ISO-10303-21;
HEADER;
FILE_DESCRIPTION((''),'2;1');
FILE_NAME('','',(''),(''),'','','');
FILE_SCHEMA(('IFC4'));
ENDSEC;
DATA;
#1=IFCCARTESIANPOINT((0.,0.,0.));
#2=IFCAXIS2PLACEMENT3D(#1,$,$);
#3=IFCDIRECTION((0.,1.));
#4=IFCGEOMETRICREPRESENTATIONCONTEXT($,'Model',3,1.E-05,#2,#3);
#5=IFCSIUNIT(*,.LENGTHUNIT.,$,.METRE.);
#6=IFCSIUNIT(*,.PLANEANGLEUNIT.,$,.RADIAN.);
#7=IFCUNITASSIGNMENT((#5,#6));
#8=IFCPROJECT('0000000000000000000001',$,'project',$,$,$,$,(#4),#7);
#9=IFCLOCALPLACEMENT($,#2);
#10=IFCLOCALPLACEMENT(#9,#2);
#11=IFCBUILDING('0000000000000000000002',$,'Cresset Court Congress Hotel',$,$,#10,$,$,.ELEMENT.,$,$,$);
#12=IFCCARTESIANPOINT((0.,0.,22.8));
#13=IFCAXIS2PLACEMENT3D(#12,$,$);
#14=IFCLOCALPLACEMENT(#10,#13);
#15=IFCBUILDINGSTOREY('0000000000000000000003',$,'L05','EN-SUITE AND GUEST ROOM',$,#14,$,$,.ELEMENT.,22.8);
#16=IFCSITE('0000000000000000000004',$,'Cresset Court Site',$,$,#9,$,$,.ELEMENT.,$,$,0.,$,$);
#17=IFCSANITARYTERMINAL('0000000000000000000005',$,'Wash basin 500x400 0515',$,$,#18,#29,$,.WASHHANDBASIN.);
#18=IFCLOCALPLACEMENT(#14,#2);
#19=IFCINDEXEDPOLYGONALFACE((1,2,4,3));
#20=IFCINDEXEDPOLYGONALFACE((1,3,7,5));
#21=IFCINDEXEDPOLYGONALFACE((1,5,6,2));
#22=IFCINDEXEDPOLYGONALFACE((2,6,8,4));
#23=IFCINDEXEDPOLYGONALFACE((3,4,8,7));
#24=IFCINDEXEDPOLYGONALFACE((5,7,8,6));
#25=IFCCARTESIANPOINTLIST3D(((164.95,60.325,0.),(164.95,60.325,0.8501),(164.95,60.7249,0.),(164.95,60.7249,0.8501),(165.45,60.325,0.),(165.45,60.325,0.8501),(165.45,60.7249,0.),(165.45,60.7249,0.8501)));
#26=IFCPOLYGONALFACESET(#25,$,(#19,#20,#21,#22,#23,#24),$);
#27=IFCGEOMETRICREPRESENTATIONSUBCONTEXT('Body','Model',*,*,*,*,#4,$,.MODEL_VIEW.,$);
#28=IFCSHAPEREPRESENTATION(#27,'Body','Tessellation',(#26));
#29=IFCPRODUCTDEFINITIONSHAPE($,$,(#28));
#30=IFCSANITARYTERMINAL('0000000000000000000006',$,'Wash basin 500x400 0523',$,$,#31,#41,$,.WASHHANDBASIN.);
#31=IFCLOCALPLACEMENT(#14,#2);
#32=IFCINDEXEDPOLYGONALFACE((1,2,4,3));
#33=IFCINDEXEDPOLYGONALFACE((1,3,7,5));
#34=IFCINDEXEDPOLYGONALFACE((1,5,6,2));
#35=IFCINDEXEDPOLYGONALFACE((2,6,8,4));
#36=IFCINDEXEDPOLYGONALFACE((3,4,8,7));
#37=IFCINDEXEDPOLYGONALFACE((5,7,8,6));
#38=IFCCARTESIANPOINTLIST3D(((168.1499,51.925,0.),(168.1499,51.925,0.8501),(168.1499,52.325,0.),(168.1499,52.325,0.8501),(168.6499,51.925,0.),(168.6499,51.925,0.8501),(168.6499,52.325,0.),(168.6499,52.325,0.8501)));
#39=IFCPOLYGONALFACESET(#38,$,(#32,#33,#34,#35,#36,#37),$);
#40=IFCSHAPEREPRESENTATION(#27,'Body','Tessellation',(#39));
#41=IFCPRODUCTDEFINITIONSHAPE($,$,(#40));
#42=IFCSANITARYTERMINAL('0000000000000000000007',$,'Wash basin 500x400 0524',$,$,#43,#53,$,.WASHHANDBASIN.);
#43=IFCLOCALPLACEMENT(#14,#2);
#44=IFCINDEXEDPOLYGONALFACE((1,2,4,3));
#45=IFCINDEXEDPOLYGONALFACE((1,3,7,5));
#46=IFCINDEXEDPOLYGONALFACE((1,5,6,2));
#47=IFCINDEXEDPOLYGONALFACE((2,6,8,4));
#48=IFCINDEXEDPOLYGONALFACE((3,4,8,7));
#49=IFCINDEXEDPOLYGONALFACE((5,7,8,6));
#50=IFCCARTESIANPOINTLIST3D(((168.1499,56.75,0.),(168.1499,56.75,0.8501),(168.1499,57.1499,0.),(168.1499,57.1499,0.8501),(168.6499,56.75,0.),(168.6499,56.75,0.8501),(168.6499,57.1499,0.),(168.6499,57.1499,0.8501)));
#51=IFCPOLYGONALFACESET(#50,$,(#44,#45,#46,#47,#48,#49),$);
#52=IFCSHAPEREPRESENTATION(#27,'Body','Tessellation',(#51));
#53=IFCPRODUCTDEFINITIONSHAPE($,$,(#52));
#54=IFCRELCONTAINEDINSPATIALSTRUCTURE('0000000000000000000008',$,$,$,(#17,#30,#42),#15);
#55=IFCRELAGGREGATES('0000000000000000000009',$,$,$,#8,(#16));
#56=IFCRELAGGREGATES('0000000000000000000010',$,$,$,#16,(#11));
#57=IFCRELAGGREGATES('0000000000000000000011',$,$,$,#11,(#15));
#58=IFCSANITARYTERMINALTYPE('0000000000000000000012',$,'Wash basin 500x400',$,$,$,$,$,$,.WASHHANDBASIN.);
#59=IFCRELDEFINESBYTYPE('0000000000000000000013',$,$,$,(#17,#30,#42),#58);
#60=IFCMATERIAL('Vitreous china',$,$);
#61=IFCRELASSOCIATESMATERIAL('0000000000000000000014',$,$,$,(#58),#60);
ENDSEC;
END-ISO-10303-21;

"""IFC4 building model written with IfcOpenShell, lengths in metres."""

from ifc_helpers import new_model, si_unit, direction, frame, origin, origin_2d, place, context, subcontext, project, spatial, rectangle, extrude, material, type_object, element, save


model = new_model("IFC4")

# Units and contexts
model_context = context("Model", 3, precision=1e-05, world=origin(), true_north=direction((0.0, 1.0)))
body_context = subcontext(model_context, "Body", "Model", "MODEL_VIEW")
ifc_project = project(units=[si_unit("LENGTHUNIT", "METRE"), si_unit("PLANEANGLEUNIT", "RADIAN")], contexts=[model_context])

# Site, building, storey
site_placement = place(None, origin())
site = spatial("IfcSite", under=ifc_project, at=site_placement, Name="Cresset Court Site", CompositionType="ELEMENT", RefElevation=0.0)
building_placement = place(site_placement, origin())
building = spatial("IfcBuilding", under=site, at=building_placement, Name="Cresset Court Congress Hotel", CompositionType="ELEMENT")
storey_placement = place(building_placement, frame((0.0, 0.0, 22.8)))
storey = spatial("IfcBuildingStorey", under=building, at=storey_placement, Name="L05", Description="EN-SUITE AND GUEST ROOM", CompositionType="ELEMENT", Elevation=22.8)

# Sanitary terminals
ifc_material_1 = material(Name="Vitreous china")
sanitary_terminal_type_1 = type_object("IfcSanitaryTerminalType", Name="Wash basin 500x400", PredefinedType="WASHHANDBASIN", material=ifc_material_1)
for number, where, z_axis, x_axis, name in (
    (1, (165.2, 60.5249, 0.0), (0.0, 0.0, 1.0), (1.0, 0.0, 0.0), "Wash basin 500x400 0515"),
    (2, (168.3999, 52.125, 0.0), (0.0, 0.0, 1.0), (1.0, 0.0, 0.0), "Wash basin 500x400 0523"),
    (3, (168.3999, 56.95, 0.0), (0.0, 0.0, 1.0), (1.0, 0.0, 0.0), "Wash basin 500x400 0524"),
):
    element("IfcSanitaryTerminal", number, at=place(storey_placement, frame(where, z_axis=z_axis, x_axis=x_axis)), inside=storey, type_object=sanitary_terminal_type_1, Name=name, PredefinedType="WASHHANDBASIN", context=body_context, shape_type="SweptSolid", body=[
        extrude(rectangle(XDim=0.5, YDim=0.3999, at=origin_2d()), origin(), (0.0, 0.0, 1.0), 0.8501),
    ])

save(model, "model.ifc")
